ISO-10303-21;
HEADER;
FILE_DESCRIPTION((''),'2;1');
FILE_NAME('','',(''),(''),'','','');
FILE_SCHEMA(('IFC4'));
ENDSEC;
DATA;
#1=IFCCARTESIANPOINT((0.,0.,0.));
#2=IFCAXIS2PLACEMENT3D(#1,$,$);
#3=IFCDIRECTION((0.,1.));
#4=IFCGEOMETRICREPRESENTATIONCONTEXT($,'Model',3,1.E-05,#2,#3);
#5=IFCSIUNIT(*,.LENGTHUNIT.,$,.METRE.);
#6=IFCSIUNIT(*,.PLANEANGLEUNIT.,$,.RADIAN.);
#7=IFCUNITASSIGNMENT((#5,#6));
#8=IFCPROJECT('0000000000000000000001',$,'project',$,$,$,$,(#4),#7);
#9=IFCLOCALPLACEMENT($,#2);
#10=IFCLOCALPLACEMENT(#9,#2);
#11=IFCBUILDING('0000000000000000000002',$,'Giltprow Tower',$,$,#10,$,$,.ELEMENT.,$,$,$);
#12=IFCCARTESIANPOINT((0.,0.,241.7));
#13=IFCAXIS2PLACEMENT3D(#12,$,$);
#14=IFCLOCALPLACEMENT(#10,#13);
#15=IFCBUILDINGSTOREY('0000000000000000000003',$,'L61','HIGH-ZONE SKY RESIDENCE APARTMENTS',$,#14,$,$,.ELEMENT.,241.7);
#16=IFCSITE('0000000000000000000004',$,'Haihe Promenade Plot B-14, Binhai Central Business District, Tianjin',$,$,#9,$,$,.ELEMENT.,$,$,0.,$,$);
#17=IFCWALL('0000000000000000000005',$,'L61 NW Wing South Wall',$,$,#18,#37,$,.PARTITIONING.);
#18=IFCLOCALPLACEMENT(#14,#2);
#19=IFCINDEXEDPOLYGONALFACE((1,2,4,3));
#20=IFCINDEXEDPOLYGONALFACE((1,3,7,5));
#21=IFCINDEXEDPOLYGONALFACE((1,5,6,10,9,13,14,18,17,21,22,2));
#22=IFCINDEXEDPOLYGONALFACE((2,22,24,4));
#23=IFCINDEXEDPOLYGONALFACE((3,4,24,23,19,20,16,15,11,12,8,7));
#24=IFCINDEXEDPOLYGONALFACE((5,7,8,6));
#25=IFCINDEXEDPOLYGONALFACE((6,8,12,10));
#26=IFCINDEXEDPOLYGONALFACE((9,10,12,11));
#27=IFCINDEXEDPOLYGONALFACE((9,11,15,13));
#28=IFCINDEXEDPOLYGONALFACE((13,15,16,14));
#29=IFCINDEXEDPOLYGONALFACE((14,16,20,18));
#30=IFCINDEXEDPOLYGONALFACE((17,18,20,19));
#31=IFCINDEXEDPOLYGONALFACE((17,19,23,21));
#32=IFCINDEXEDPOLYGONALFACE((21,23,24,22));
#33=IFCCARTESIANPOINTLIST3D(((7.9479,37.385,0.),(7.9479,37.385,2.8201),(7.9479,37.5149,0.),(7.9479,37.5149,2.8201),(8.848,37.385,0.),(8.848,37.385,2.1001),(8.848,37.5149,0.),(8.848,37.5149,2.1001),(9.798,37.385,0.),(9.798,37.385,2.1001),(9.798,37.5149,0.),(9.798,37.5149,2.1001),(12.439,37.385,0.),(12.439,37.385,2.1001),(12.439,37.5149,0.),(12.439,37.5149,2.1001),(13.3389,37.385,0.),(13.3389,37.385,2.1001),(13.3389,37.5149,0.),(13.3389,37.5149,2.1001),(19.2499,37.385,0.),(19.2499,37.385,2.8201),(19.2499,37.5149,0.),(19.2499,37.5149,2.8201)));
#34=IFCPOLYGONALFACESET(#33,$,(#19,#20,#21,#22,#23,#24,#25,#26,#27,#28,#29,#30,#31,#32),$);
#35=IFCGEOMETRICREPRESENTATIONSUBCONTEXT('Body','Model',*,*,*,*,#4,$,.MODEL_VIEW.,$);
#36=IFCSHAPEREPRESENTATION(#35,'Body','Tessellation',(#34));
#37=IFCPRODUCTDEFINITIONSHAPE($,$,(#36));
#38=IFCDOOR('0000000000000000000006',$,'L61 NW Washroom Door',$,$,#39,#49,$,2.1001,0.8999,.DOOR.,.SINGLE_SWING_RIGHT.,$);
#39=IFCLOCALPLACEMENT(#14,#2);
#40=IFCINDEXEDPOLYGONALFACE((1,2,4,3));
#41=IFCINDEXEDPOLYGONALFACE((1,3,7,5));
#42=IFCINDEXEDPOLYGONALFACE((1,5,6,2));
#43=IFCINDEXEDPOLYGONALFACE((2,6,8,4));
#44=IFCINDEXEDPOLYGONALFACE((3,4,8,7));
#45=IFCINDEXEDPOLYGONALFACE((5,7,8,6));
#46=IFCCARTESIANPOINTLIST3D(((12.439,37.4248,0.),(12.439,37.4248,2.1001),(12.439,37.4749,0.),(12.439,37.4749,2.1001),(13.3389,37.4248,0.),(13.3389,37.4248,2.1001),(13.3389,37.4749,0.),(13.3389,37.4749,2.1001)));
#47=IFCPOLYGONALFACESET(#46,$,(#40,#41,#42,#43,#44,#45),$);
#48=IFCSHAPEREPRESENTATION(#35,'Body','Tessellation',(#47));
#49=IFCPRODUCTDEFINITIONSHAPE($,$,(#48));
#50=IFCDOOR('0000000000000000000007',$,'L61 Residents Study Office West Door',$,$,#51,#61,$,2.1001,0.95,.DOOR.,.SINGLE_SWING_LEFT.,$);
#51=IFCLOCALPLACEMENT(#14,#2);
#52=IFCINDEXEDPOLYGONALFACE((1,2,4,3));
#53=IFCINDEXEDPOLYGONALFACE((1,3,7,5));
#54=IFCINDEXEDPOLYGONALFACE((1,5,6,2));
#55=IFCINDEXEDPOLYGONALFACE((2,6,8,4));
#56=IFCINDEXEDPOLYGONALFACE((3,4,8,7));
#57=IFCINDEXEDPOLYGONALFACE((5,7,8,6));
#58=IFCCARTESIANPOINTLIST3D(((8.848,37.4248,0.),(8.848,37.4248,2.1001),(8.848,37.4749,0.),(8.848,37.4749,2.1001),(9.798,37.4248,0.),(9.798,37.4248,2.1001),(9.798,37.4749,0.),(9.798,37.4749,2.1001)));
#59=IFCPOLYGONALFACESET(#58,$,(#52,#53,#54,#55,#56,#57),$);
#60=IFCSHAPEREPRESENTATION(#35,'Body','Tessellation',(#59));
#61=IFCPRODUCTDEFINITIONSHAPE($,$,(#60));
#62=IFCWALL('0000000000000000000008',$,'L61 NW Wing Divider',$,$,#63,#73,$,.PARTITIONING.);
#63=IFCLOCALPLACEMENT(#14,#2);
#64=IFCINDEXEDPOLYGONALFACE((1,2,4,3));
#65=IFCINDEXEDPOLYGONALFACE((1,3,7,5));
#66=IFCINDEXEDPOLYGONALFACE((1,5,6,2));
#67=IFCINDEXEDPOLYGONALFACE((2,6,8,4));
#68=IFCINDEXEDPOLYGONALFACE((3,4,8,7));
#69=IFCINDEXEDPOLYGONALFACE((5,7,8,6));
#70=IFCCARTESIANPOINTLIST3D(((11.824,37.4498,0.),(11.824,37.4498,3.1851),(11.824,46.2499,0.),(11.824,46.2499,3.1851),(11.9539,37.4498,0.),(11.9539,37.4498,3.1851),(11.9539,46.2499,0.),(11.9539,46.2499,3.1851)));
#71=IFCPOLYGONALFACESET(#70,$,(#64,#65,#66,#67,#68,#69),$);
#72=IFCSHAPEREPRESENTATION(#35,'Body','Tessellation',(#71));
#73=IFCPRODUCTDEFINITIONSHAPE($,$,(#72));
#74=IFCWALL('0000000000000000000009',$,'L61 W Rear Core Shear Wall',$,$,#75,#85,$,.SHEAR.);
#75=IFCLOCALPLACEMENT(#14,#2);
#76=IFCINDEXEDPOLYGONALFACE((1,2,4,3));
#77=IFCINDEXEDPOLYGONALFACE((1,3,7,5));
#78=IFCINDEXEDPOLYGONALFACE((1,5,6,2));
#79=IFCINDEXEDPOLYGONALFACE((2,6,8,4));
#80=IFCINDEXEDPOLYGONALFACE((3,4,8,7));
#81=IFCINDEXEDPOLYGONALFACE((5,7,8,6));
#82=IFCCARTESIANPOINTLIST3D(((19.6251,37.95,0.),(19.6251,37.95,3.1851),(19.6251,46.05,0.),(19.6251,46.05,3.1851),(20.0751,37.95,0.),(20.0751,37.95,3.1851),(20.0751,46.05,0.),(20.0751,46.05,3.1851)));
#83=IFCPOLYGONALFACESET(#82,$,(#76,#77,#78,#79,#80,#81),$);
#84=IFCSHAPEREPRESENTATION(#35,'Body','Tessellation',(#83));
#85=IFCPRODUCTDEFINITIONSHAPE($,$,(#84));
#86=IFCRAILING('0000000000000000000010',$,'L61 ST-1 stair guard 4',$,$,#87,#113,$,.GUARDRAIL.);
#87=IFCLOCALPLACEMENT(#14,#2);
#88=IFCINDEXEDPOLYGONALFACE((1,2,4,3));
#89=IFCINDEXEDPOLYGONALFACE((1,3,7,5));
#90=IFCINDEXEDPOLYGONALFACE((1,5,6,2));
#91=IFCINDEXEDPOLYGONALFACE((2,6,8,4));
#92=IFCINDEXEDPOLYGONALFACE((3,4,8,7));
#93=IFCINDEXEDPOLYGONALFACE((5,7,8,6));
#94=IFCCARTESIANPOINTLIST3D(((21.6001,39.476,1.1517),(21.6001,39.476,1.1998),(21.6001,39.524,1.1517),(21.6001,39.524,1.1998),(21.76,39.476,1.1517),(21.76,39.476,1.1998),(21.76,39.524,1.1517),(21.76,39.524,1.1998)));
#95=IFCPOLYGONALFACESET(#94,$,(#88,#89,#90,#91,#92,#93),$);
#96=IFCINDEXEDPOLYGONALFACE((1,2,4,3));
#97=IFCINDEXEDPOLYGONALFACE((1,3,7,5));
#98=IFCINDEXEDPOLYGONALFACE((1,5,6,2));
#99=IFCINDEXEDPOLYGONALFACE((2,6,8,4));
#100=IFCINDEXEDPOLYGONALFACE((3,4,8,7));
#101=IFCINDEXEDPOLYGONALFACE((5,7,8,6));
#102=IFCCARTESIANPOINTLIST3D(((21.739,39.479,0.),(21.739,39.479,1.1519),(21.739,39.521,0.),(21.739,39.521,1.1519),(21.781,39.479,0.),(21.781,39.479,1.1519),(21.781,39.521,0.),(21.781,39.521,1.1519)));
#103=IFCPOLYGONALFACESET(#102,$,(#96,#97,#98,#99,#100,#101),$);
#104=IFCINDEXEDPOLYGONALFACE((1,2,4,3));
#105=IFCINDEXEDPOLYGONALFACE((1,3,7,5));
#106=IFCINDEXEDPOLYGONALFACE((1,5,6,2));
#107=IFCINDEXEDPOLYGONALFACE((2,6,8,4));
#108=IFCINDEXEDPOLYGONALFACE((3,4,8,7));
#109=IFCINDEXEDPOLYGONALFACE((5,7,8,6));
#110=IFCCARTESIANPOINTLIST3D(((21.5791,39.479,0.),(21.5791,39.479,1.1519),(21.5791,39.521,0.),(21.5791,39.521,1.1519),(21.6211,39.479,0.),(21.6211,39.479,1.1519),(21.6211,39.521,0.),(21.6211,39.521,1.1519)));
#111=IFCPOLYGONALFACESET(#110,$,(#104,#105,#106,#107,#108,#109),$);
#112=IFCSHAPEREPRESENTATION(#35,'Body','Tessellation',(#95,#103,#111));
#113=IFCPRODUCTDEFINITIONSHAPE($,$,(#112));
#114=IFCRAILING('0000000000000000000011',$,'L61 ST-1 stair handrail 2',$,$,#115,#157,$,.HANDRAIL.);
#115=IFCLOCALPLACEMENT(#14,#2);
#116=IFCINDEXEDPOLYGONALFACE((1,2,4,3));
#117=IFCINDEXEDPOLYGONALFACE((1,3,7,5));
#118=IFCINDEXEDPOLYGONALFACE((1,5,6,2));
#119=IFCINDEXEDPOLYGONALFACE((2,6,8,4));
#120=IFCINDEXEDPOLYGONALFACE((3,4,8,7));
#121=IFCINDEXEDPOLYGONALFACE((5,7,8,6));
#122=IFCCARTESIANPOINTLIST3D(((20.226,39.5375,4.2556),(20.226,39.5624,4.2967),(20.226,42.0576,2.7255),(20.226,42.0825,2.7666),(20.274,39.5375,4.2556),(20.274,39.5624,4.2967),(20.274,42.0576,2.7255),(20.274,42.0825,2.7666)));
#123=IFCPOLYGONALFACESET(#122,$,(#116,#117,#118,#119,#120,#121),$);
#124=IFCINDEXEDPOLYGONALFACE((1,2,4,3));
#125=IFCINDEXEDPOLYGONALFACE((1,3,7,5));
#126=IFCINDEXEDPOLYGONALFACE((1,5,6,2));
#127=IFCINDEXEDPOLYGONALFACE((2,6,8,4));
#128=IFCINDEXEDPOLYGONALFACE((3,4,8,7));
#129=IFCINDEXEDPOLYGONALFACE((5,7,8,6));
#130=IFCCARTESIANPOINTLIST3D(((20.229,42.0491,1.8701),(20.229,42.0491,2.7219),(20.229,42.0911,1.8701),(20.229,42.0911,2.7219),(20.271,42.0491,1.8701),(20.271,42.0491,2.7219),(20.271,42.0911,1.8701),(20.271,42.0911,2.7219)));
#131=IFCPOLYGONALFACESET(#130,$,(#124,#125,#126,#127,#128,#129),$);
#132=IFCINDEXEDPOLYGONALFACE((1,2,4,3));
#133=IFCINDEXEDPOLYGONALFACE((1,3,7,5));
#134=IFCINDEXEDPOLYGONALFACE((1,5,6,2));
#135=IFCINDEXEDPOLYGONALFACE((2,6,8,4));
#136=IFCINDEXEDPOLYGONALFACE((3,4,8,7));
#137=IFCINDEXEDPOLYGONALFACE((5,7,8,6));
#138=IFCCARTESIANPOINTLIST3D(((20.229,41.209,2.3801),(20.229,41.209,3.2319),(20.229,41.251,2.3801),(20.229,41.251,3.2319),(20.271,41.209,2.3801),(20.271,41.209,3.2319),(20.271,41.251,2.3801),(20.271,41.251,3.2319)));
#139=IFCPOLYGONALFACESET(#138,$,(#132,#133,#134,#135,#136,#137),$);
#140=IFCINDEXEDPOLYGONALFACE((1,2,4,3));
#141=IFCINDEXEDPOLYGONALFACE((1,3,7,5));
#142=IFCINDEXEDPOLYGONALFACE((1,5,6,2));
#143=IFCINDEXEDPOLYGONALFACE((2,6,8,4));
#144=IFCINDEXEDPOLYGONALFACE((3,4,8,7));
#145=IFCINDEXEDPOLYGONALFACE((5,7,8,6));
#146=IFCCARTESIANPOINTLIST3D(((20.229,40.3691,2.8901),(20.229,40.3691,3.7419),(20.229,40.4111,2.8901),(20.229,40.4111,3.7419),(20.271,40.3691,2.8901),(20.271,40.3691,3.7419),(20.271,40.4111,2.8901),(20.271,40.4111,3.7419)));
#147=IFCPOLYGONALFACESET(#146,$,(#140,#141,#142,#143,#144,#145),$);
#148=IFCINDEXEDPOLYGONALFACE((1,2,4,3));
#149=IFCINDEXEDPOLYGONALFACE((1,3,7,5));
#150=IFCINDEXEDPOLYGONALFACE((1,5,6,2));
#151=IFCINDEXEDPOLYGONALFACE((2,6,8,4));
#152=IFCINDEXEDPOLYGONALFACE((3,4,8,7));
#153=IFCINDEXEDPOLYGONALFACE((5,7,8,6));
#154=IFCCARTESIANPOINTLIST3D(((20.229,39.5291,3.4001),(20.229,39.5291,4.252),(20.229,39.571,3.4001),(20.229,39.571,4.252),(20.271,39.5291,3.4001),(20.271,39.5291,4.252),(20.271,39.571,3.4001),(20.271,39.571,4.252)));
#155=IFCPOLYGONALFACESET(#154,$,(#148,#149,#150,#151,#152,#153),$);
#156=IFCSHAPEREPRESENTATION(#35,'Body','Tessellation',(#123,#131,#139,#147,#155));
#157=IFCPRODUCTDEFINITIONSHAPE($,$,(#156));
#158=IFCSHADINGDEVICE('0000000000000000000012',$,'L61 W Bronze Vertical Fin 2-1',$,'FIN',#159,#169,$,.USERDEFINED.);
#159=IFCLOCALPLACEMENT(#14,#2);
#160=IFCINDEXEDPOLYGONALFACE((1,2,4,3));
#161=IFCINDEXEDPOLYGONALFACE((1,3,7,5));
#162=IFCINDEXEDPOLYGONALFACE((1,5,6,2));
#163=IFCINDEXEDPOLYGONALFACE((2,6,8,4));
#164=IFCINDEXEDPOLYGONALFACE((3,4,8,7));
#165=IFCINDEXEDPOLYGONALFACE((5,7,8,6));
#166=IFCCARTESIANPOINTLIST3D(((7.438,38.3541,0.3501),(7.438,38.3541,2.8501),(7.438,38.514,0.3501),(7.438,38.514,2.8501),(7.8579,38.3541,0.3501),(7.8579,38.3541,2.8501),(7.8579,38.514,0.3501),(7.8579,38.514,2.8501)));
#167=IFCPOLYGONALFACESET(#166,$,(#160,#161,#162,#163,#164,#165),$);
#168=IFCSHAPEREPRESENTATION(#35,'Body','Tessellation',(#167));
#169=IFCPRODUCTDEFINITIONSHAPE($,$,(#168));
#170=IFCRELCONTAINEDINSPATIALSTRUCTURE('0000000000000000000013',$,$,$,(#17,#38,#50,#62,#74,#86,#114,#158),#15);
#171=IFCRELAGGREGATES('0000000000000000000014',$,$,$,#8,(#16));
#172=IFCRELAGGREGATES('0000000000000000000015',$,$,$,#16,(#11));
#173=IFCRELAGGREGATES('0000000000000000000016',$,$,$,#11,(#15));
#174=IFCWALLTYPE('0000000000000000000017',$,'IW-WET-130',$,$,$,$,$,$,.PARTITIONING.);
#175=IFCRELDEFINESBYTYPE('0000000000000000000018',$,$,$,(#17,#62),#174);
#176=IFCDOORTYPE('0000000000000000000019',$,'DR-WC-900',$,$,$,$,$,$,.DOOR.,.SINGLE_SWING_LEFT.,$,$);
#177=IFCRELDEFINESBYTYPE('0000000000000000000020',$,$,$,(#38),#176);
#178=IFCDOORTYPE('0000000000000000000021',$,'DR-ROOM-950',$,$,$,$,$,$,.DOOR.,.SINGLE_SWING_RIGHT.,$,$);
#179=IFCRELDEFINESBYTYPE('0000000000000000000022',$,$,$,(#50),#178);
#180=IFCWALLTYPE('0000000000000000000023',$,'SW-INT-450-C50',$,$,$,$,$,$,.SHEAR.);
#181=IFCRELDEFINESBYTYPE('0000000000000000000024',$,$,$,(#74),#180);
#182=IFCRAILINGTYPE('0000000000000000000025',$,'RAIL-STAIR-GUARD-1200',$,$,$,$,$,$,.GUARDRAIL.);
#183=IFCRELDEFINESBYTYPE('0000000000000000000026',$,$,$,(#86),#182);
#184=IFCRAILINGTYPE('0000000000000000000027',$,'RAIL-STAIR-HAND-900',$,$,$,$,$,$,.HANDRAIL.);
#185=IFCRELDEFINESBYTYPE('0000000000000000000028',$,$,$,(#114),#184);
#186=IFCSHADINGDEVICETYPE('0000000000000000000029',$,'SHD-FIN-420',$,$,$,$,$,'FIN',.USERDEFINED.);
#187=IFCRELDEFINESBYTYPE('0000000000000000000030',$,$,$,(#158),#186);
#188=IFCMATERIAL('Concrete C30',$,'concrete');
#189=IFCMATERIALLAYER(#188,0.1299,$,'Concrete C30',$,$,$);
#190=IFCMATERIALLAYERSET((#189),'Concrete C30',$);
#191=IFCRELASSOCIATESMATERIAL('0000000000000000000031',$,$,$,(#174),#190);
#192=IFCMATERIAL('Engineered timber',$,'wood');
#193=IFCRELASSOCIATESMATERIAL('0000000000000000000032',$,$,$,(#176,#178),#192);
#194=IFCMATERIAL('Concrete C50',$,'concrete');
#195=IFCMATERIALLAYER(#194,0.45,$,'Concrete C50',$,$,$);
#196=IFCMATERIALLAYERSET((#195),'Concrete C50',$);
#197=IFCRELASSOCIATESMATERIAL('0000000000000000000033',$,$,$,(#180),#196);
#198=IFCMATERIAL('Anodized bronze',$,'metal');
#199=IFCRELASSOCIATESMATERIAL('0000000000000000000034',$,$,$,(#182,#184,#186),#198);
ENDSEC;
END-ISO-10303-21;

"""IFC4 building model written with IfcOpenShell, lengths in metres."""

from ifc_helpers import new_model, si_unit, direction, frame, frame_2d, origin, origin_2d, place, context, subcontext, project, spatial, rectangle, extrude, source, transform, mapped, material, layer, layer_set, type_object, element, fill, save


model = new_model("IFC4")

# Units and contexts
model_context = context("Model", 3, precision=1e-05, world=origin(), true_north=direction((0.0, 1.0)))
body_context = subcontext(model_context, "Body", "Model", "MODEL_VIEW")
ifc_project = project(units=[si_unit("LENGTHUNIT", "METRE"), si_unit("PLANEANGLEUNIT", "RADIAN")], contexts=[model_context])

# Site, building, storey
site_placement = place(None, origin())
site = spatial("IfcSite", under=ifc_project, at=site_placement, Name="Haihe Promenade Plot B-14, Binhai Central Business District, Tianjin", CompositionType="ELEMENT", RefElevation=0.0)
building_placement = place(site_placement, origin())
building = spatial("IfcBuilding", under=site, at=building_placement, Name="Giltprow Tower", CompositionType="ELEMENT")
storey_placement = place(building_placement, frame((0.0, 0.0, 241.7)))
storey = spatial("IfcBuildingStorey", under=building, at=storey_placement, Name="L61", Description="HIGH-ZONE SKY RESIDENCE APARTMENTS", CompositionType="ELEMENT", Elevation=241.7)

# Shared definitions
ifc_material_1 = material(Name="Concrete C50", Category="concrete")

# Shared definitions
ifc_material_2 = material(Name="Engineered timber", Category="wood")

# Wall, openings, doors
ifc_material_3 = material(Name="Concrete C30", Category="concrete")
ifc_layer_1 = layer(ifc_material_3, 0.1299, Name="Concrete C30")
ifc_layer_set_1 = layer_set([ifc_layer_1], Name="Concrete C30")
wall_type_1 = type_object("IfcWallType", Name="IW-WET-130", PredefinedType="PARTITIONING", material=ifc_layer_set_1)
wall_1_placement = place(storey_placement, frame((7.948, 37.45, 0.0), z_axis=(0.0, 0.0, 1.0), x_axis=(1.0, 0.0, 0.0)))
wall_1 = element("IfcWall", 1, at=wall_1_placement, inside=storey, type_object=wall_type_1, Name="L61 NW Wing South Wall", PredefinedType="PARTITIONING", context=body_context, shape_type="SweptSolid", body=[
    extrude(rectangle(XDim=11.302, YDim=0.1299, at=frame_2d((5.6509, 0.0))), origin(), (0.0, 0.0, 1.0), 2.8201),
])
opening_1_placement = place(wall_1_placement, frame((0.8999, 0.0, 0.0)))
opening_1 = element("IfcOpeningElement", 2, at=opening_1_placement, cuts=wall_1, PredefinedType="OPENING", context=body_context, shape_type="SweptSolid", body=[
    extrude(rectangle(XDim=0.95, YDim=2.1001, at=frame_2d((0.4751, 1.05))), frame((0.0, 0.075, 0.0), z_axis=(0.0, -1.0, 0.0), x_axis=(1.0, 0.0, 0.0)), (0.0, 0.0, 1.0), 0.1499),
])
opening_2_placement = place(wall_1_placement, frame((4.491, 0.0, 0.0)))
opening_2 = element("IfcOpeningElement", 3, at=opening_2_placement, cuts=wall_1, PredefinedType="OPENING", context=body_context, shape_type="SweptSolid", body=[
    extrude(rectangle(XDim=0.8999, YDim=2.1001, at=frame_2d((0.45, 1.05))), frame((0.0, 0.075, 0.0), z_axis=(0.0, -1.0, 0.0), x_axis=(1.0, 0.0, 0.0)), (0.0, 0.0, 1.0), 0.1499),
])
door_type_1 = type_object("IfcDoorType", Name="DR-WC-900", OperationType="SINGLE_SWING_LEFT", PredefinedType="DOOR", material=ifc_material_2)
shared_shape_1 = source(origin(), body_context, "Body", "SweptSolid", [
    extrude(rectangle(XDim=0.8999, YDim=2.1001, at=frame_2d((0.45, 1.05))), frame((0.0, 0.0249, 0.0), z_axis=(0.0, -1.0, 0.0), x_axis=(1.0, 0.0, 0.0)), (0.0, 0.0, 1.0), 0.05),
])
door_1_placement = place(opening_2_placement, origin())
door_1 = element("IfcDoor", 4, at=door_1_placement, inside=storey, type_object=door_type_1, Name="L61 NW Washroom Door", OperationType="SINGLE_SWING_RIGHT", OverallHeight=2.1001, OverallWidth=0.8999, PredefinedType="DOOR", context=body_context, shape_type="MappedRepresentation", body=[
    mapped(shared_shape_1, transform((0.0, 0.0, 0.0), x_axis=(1.0, 0.0, 0.0), y_axis=(0.0, 1.0, 0.0), z_axis=(0.0, 0.0, 1.0), scale=1.0)),
])
fill(opening_2, door_1)
door_type_2 = type_object("IfcDoorType", Name="DR-ROOM-950", OperationType="SINGLE_SWING_RIGHT", PredefinedType="DOOR", material=ifc_material_2)
shared_shape_2 = source(origin(), body_context, "Body", "SweptSolid", [
    extrude(rectangle(XDim=0.95, YDim=2.1001, at=frame_2d((0.4751, 1.05))), frame((0.0, 0.0249, 0.0), z_axis=(0.0, -1.0, 0.0), x_axis=(1.0, 0.0, 0.0)), (0.0, 0.0, 1.0), 0.05),
])
door_2_placement = place(opening_1_placement, origin())
door_2 = element("IfcDoor", 5, at=door_2_placement, inside=storey, type_object=door_type_2, Name="L61 Residents Study Office West Door", OperationType="SINGLE_SWING_LEFT", OverallHeight=2.1001, OverallWidth=0.95, PredefinedType="DOOR", context=body_context, shape_type="MappedRepresentation", body=[
    mapped(shared_shape_2, transform((0.0, 0.0, 0.0), x_axis=(1.0, 0.0, 0.0), y_axis=(0.0, 1.0, 0.0), z_axis=(0.0, 0.0, 1.0), scale=1.0)),
])
fill(opening_1, door_2)

# Wall
wall_2_placement = place(storey_placement, frame((11.8889, 37.45, 0.0), z_axis=(0.0, 0.0, 1.0), x_axis=(0.0, 1.0, 0.0)))
element("IfcWall", 6, at=wall_2_placement, inside=storey, type_object=wall_type_1, Name="L61 NW Wing Divider", PredefinedType="PARTITIONING", context=body_context, shape_type="SweptSolid", body=[
    extrude(rectangle(XDim=8.8, YDim=0.1299, at=frame_2d((4.3999, 0.0))), origin(), (0.0, 0.0, 1.0), 3.1851),
])

# Shared definitions
ifc_layer_2 = layer(ifc_material_1, 0.45, Name="Concrete C50")
ifc_layer_set_2 = layer_set([ifc_layer_2], Name="Concrete C50")
wall_type_2 = type_object("IfcWallType", Name="SW-INT-450-C50", PredefinedType="SHEAR", material=ifc_layer_set_2)

# Wall
wall_3_placement = place(storey_placement, frame((19.8501, 37.95, 0.0), z_axis=(0.0, 0.0, 1.0), x_axis=(0.0, 1.0, 0.0)))
element("IfcWall", 7, at=wall_3_placement, inside=storey, type_object=wall_type_2, Name="L61 W Rear Core Shear Wall", PredefinedType="SHEAR", context=body_context, shape_type="SweptSolid", body=[
    extrude(rectangle(XDim=8.1001, YDim=0.45, at=frame_2d((4.05, 0.0))), origin(), (0.0, 0.0, 1.0), 3.1851),
])

# Railings
ifc_material_4 = material(Name="Anodized bronze", Category="metal")
railing_type_1 = type_object("IfcRailingType", Name="RAIL-STAIR-GUARD-1200", PredefinedType="GUARDRAIL", material=ifc_material_4)
railing_1_placement = place(storey_placement, frame((21.76, 39.5, 0.0)))
element("IfcRailing", 8, at=railing_1_placement, inside=storey, type_object=railing_type_1, Name="L61 ST-1 stair guard 4", PredefinedType="GUARDRAIL", context=body_context, shape_type="SweptSolid", body=[
    extrude(rectangle(XDim=0.0481, YDim=0.0481, at=origin_2d()), frame((0.0, 0.0, 1.1758), z_axis=(-1.0, 0.0, 0.0), x_axis=(0.0, -1.0, 0.0)), (0.0, 0.0, 1.0), 0.1599),
    extrude(rectangle(XDim=0.042, YDim=0.042, at=origin_2d()), origin(), (0.0, 0.0, 1.0), 1.1519),
    extrude(rectangle(XDim=0.042, YDim=0.042, at=origin_2d()), frame((-0.1599, 0.0, 0.0)), (0.0, 0.0, 1.0), 1.1519),
])
railing_type_2 = type_object("IfcRailingType", Name="RAIL-STAIR-HAND-900", PredefinedType="HANDRAIL", material=ifc_material_4)
railing_2_placement = place(storey_placement, frame((20.25, 42.0701, 1.8701)))
element("IfcRailing", 9, at=railing_2_placement, inside=storey, type_object=railing_type_2, Name="L61 ST-1 stair handrail 2", PredefinedType="HANDRAIL", context=body_context, shape_type="SweptSolid", body=[
    extrude(rectangle(XDim=0.0481, YDim=0.0481, at=origin_2d()), frame((0.0, 0.0, 0.876), z_axis=(0.0, -0.854785, 0.518982), x_axis=(1.0, 0.0, 0.0)), (0.0, 0.0, 1.0), 2.9482),
    extrude(rectangle(XDim=0.042, YDim=0.042, at=origin_2d()), origin(), (0.0, 0.0, 1.0), 0.8518),
    extrude(rectangle(XDim=0.042, YDim=0.042, at=origin_2d()), frame((0.0, -0.8401, 0.51)), (0.0, 0.0, 1.0), 0.8518),
    extrude(rectangle(XDim=0.042, YDim=0.042, at=origin_2d()), frame((0.0, -1.6799, 1.02)), (0.0, 0.0, 1.0), 0.8518),
    extrude(rectangle(XDim=0.042, YDim=0.042, at=origin_2d()), frame((0.0, -2.52, 1.53)), (0.0, 0.0, 1.0), 0.8518),
])

# Shading device
shading_device_type = type_object("IfcShadingDeviceType", Name="SHD-FIN-420", ElementType="FIN", PredefinedType="USERDEFINED", material=ifc_material_4)
shared_shape_3 = source(origin(), body_context, "Body", "SweptSolid", [
    extrude(rectangle(XDim=0.4199, YDim=0.1599, at=origin_2d()), origin(), (0.0, 0.0, 1.0), 2.5),
])
shading_device_placement = place(storey_placement, frame((7.6479, 38.4341, 0.3501), z_axis=(0.0, 0.0, 1.0), x_axis=(1.0, 0.0, 0.0)))
element("IfcShadingDevice", 10, at=shading_device_placement, inside=storey, type_object=shading_device_type, Name="L61 W Bronze Vertical Fin 2-1", ObjectType="FIN", PredefinedType="USERDEFINED", context=body_context, shape_type="MappedRepresentation", body=[
    mapped(shared_shape_3, transform((0.0, 0.0, 0.0), x_axis=(1.0, 0.0, 0.0), y_axis=(0.0, 1.0, 0.0), z_axis=(0.0, 0.0, 1.0), scale=1.0)),
])

save(model, "model.ifc")
